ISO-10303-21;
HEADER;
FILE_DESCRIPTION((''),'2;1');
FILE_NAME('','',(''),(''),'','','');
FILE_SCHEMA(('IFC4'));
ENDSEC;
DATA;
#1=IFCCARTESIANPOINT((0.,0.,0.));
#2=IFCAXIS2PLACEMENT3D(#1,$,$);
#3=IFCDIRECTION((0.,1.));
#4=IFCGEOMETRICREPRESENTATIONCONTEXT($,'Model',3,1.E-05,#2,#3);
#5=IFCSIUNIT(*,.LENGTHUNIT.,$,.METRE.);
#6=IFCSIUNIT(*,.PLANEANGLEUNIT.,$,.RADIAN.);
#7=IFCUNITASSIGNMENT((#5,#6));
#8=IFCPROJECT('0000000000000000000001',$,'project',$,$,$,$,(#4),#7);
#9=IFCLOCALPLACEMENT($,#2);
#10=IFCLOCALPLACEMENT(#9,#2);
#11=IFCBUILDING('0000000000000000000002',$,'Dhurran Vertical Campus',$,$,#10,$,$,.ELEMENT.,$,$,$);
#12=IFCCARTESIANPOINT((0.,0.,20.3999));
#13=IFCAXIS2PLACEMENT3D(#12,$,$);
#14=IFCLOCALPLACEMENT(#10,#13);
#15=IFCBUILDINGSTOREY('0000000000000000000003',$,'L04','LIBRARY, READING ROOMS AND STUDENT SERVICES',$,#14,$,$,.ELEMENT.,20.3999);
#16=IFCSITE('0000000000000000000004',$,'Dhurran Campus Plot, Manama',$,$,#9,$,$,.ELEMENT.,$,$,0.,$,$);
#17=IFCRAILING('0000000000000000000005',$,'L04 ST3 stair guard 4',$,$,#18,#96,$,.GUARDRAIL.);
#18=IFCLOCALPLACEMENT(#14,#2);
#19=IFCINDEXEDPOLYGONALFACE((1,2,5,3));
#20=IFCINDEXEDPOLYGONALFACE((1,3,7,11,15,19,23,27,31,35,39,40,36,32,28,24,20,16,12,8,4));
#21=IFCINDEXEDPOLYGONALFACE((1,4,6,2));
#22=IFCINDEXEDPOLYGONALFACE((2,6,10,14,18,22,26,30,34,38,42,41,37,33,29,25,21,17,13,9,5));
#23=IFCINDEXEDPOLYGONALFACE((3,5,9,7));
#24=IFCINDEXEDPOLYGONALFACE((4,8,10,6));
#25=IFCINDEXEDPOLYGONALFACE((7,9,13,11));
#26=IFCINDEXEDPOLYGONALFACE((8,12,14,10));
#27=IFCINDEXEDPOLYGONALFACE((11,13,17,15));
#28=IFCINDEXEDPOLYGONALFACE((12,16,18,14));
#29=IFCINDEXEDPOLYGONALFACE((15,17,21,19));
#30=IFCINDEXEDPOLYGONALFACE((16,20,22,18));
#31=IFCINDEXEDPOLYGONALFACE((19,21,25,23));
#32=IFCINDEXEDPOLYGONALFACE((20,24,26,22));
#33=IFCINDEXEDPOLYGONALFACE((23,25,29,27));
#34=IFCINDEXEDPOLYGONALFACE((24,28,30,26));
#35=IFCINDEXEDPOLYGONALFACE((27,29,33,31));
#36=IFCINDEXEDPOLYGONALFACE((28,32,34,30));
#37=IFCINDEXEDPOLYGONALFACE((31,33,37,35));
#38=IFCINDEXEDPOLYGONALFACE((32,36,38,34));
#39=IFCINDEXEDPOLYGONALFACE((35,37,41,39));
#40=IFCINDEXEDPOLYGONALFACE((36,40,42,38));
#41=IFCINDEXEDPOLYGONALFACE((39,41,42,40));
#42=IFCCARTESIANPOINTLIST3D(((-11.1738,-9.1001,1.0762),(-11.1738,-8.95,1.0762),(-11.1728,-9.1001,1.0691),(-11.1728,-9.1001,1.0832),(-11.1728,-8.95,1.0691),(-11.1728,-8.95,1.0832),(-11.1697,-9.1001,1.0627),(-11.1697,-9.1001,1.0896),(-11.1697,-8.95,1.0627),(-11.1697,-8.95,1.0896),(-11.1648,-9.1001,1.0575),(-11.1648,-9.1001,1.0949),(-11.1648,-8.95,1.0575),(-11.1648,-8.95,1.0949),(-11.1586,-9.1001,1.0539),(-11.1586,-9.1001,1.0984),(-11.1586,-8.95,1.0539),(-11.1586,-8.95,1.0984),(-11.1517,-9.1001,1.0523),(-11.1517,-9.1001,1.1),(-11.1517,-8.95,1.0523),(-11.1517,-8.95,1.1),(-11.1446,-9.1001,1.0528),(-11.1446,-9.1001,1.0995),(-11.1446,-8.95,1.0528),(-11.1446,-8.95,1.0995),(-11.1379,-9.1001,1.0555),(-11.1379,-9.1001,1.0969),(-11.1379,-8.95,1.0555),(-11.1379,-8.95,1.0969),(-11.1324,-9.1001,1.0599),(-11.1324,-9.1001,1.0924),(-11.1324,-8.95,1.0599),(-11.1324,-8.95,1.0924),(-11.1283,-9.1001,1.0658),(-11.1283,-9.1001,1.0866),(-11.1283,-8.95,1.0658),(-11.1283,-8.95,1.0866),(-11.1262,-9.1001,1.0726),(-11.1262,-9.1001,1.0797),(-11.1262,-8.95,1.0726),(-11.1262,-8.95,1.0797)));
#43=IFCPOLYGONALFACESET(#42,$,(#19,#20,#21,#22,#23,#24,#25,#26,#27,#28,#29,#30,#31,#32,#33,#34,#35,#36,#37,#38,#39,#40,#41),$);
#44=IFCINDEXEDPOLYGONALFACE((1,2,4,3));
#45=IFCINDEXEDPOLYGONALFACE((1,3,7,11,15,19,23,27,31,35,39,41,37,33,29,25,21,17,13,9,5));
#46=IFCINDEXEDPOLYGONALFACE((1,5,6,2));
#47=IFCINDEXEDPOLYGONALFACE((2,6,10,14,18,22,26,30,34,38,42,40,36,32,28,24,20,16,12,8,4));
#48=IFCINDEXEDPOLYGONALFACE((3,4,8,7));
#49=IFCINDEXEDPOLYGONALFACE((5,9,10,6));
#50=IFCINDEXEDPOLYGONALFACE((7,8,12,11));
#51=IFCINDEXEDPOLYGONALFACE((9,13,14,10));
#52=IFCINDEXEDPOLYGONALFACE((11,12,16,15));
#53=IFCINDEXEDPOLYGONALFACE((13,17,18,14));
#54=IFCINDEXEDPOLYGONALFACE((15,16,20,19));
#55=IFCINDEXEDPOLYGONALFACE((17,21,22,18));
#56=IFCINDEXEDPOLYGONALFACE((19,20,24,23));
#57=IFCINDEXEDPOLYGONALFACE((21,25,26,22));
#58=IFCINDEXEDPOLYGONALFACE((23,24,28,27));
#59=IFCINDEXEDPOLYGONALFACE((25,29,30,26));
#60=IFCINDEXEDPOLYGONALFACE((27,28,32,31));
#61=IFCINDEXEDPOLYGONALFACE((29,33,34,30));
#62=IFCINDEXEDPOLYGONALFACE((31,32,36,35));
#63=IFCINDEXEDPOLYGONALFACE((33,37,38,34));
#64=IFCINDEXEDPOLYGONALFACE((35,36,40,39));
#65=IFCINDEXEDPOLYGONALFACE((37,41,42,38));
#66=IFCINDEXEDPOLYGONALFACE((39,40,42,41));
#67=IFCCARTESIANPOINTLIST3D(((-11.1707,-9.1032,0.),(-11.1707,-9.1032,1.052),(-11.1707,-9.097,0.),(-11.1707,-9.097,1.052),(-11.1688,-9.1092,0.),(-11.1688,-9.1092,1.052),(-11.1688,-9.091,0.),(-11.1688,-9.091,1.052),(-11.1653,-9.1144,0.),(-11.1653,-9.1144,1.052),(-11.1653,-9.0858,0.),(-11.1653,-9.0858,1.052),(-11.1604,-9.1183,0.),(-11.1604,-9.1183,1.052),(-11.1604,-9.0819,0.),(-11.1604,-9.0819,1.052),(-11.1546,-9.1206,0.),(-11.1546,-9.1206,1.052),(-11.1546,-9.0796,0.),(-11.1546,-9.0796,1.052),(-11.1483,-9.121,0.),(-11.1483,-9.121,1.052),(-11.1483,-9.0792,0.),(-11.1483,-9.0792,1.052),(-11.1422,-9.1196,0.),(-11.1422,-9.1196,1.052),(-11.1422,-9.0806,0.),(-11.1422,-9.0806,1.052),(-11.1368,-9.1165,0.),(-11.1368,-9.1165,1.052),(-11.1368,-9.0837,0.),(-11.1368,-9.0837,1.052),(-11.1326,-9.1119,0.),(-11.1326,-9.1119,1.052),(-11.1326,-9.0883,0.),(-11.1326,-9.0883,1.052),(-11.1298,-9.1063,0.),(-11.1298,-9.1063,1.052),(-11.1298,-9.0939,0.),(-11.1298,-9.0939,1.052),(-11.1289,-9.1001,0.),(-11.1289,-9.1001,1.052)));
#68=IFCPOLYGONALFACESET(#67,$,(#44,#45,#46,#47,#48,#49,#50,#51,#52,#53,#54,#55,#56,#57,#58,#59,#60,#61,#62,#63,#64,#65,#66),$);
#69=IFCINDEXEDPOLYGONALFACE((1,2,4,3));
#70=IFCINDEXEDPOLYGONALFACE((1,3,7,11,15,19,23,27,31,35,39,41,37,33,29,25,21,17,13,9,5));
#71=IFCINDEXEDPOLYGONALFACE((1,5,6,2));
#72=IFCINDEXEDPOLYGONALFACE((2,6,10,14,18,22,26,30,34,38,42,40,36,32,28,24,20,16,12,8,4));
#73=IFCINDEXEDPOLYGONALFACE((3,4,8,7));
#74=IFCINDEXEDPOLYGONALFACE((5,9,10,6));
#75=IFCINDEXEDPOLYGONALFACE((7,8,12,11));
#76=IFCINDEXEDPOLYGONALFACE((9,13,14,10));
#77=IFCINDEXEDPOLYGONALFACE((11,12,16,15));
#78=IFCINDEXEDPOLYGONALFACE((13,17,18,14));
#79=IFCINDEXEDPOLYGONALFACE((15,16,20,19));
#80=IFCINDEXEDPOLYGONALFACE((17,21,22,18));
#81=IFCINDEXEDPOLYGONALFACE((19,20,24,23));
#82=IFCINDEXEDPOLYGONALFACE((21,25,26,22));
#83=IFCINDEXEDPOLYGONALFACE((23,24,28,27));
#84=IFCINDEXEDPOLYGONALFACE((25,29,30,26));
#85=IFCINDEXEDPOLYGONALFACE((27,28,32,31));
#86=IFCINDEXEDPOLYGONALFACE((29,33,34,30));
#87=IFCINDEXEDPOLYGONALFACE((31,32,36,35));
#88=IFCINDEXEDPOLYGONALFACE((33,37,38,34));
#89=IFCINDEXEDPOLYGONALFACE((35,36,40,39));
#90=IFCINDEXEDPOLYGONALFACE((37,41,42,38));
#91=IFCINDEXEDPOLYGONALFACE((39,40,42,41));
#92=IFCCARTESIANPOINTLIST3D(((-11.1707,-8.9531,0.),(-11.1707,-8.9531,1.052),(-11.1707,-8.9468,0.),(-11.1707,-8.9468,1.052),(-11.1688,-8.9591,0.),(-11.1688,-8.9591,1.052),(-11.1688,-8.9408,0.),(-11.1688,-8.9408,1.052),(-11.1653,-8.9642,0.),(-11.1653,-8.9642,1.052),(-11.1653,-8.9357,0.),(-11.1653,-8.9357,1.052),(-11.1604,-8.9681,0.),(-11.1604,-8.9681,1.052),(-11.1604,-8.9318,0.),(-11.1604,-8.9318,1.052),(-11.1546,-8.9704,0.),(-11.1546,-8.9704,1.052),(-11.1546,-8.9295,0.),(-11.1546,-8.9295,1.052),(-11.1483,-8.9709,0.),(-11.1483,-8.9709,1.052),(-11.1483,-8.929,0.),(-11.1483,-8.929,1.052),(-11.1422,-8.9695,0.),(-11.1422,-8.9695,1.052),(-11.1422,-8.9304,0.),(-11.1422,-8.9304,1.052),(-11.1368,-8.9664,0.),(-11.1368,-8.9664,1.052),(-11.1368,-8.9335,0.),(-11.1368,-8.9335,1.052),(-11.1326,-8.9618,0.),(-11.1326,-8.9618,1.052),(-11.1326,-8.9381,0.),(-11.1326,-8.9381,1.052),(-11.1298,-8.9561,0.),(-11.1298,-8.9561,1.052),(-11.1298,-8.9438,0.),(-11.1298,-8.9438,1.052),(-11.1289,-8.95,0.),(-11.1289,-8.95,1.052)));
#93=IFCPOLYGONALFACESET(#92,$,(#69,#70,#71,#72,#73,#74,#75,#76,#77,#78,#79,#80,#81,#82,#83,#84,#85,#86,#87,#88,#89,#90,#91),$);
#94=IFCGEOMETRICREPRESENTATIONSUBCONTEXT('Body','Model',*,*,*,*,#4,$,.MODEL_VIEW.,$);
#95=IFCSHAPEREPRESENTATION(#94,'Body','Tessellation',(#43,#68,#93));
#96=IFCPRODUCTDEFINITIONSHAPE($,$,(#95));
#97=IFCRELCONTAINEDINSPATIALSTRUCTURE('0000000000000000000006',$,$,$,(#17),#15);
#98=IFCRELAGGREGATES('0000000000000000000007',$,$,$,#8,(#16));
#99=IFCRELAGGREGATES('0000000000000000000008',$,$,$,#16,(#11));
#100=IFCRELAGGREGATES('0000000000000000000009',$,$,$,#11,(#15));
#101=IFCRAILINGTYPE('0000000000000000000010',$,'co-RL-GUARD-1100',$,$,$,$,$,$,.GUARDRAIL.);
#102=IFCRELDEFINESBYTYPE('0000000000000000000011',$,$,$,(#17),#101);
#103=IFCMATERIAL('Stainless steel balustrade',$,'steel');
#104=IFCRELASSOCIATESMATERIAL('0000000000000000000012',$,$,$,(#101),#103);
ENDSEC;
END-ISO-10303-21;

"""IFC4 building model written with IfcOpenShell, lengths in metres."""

from ifc_helpers import new_model, si_unit, direction, frame, origin, origin_2d, place, context, subcontext, project, spatial, circle, extrude, material, type_object, element, save


model = new_model("IFC4")

# Units and contexts
model_context = context("Model", 3, precision=1e-05, world=origin(), true_north=direction((0.0, 1.0)))
body_context = subcontext(model_context, "Body", "Model", "MODEL_VIEW")
ifc_project = project(units=[si_unit("LENGTHUNIT", "METRE"), si_unit("PLANEANGLEUNIT", "RADIAN")], contexts=[model_context])

# Site, building, storey
site_placement = place(None, origin())
site = spatial("IfcSite", under=ifc_project, at=site_placement, Name="Dhurran Campus Plot, Manama", CompositionType="ELEMENT", RefElevation=0.0)
building_placement = place(site_placement, origin())
building = spatial("IfcBuilding", under=site, at=building_placement, Name="Dhurran Vertical Campus", CompositionType="ELEMENT")
storey_placement = place(building_placement, frame((0.0, 0.0, 20.3999)))
storey = spatial("IfcBuildingStorey", under=building, at=storey_placement, Name="L04", Description="LIBRARY, READING ROOMS AND STUDENT SERVICES", CompositionType="ELEMENT", Elevation=20.3999)

# Railing
ifc_material_1 = material(Name="Stainless steel balustrade", Category="steel")
railing_type_1 = type_object("IfcRailingType", Name="co-RL-GUARD-1100", PredefinedType="GUARDRAIL", material=ifc_material_1)
railing_1_placement = place(storey_placement, frame((-11.1499, -9.1001, 0.0)))
element("IfcRailing", 1, at=railing_1_placement, inside=storey, type_object=railing_type_1, Name="L04 ST3 stair guard 4", PredefinedType="GUARDRAIL", context=body_context, shape_type="SweptSolid", body=[
    extrude(circle(Radius=0.0239, at=origin_2d()), frame((0.0, 0.0, 1.0762), z_axis=(0.0, 1.0, 0.0), x_axis=(-1.0, 0.0, 0.0)), (0.0, 0.0, 1.0), 0.1501),
    extrude(circle(Radius=0.021, at=origin_2d()), origin(), (0.0, 0.0, 1.0), 1.052),
    extrude(circle(Radius=0.021, at=origin_2d()), frame((0.0, 0.1501, 0.0)), (0.0, 0.0, 1.0), 1.052),
])

save(model, "model.ifc")
